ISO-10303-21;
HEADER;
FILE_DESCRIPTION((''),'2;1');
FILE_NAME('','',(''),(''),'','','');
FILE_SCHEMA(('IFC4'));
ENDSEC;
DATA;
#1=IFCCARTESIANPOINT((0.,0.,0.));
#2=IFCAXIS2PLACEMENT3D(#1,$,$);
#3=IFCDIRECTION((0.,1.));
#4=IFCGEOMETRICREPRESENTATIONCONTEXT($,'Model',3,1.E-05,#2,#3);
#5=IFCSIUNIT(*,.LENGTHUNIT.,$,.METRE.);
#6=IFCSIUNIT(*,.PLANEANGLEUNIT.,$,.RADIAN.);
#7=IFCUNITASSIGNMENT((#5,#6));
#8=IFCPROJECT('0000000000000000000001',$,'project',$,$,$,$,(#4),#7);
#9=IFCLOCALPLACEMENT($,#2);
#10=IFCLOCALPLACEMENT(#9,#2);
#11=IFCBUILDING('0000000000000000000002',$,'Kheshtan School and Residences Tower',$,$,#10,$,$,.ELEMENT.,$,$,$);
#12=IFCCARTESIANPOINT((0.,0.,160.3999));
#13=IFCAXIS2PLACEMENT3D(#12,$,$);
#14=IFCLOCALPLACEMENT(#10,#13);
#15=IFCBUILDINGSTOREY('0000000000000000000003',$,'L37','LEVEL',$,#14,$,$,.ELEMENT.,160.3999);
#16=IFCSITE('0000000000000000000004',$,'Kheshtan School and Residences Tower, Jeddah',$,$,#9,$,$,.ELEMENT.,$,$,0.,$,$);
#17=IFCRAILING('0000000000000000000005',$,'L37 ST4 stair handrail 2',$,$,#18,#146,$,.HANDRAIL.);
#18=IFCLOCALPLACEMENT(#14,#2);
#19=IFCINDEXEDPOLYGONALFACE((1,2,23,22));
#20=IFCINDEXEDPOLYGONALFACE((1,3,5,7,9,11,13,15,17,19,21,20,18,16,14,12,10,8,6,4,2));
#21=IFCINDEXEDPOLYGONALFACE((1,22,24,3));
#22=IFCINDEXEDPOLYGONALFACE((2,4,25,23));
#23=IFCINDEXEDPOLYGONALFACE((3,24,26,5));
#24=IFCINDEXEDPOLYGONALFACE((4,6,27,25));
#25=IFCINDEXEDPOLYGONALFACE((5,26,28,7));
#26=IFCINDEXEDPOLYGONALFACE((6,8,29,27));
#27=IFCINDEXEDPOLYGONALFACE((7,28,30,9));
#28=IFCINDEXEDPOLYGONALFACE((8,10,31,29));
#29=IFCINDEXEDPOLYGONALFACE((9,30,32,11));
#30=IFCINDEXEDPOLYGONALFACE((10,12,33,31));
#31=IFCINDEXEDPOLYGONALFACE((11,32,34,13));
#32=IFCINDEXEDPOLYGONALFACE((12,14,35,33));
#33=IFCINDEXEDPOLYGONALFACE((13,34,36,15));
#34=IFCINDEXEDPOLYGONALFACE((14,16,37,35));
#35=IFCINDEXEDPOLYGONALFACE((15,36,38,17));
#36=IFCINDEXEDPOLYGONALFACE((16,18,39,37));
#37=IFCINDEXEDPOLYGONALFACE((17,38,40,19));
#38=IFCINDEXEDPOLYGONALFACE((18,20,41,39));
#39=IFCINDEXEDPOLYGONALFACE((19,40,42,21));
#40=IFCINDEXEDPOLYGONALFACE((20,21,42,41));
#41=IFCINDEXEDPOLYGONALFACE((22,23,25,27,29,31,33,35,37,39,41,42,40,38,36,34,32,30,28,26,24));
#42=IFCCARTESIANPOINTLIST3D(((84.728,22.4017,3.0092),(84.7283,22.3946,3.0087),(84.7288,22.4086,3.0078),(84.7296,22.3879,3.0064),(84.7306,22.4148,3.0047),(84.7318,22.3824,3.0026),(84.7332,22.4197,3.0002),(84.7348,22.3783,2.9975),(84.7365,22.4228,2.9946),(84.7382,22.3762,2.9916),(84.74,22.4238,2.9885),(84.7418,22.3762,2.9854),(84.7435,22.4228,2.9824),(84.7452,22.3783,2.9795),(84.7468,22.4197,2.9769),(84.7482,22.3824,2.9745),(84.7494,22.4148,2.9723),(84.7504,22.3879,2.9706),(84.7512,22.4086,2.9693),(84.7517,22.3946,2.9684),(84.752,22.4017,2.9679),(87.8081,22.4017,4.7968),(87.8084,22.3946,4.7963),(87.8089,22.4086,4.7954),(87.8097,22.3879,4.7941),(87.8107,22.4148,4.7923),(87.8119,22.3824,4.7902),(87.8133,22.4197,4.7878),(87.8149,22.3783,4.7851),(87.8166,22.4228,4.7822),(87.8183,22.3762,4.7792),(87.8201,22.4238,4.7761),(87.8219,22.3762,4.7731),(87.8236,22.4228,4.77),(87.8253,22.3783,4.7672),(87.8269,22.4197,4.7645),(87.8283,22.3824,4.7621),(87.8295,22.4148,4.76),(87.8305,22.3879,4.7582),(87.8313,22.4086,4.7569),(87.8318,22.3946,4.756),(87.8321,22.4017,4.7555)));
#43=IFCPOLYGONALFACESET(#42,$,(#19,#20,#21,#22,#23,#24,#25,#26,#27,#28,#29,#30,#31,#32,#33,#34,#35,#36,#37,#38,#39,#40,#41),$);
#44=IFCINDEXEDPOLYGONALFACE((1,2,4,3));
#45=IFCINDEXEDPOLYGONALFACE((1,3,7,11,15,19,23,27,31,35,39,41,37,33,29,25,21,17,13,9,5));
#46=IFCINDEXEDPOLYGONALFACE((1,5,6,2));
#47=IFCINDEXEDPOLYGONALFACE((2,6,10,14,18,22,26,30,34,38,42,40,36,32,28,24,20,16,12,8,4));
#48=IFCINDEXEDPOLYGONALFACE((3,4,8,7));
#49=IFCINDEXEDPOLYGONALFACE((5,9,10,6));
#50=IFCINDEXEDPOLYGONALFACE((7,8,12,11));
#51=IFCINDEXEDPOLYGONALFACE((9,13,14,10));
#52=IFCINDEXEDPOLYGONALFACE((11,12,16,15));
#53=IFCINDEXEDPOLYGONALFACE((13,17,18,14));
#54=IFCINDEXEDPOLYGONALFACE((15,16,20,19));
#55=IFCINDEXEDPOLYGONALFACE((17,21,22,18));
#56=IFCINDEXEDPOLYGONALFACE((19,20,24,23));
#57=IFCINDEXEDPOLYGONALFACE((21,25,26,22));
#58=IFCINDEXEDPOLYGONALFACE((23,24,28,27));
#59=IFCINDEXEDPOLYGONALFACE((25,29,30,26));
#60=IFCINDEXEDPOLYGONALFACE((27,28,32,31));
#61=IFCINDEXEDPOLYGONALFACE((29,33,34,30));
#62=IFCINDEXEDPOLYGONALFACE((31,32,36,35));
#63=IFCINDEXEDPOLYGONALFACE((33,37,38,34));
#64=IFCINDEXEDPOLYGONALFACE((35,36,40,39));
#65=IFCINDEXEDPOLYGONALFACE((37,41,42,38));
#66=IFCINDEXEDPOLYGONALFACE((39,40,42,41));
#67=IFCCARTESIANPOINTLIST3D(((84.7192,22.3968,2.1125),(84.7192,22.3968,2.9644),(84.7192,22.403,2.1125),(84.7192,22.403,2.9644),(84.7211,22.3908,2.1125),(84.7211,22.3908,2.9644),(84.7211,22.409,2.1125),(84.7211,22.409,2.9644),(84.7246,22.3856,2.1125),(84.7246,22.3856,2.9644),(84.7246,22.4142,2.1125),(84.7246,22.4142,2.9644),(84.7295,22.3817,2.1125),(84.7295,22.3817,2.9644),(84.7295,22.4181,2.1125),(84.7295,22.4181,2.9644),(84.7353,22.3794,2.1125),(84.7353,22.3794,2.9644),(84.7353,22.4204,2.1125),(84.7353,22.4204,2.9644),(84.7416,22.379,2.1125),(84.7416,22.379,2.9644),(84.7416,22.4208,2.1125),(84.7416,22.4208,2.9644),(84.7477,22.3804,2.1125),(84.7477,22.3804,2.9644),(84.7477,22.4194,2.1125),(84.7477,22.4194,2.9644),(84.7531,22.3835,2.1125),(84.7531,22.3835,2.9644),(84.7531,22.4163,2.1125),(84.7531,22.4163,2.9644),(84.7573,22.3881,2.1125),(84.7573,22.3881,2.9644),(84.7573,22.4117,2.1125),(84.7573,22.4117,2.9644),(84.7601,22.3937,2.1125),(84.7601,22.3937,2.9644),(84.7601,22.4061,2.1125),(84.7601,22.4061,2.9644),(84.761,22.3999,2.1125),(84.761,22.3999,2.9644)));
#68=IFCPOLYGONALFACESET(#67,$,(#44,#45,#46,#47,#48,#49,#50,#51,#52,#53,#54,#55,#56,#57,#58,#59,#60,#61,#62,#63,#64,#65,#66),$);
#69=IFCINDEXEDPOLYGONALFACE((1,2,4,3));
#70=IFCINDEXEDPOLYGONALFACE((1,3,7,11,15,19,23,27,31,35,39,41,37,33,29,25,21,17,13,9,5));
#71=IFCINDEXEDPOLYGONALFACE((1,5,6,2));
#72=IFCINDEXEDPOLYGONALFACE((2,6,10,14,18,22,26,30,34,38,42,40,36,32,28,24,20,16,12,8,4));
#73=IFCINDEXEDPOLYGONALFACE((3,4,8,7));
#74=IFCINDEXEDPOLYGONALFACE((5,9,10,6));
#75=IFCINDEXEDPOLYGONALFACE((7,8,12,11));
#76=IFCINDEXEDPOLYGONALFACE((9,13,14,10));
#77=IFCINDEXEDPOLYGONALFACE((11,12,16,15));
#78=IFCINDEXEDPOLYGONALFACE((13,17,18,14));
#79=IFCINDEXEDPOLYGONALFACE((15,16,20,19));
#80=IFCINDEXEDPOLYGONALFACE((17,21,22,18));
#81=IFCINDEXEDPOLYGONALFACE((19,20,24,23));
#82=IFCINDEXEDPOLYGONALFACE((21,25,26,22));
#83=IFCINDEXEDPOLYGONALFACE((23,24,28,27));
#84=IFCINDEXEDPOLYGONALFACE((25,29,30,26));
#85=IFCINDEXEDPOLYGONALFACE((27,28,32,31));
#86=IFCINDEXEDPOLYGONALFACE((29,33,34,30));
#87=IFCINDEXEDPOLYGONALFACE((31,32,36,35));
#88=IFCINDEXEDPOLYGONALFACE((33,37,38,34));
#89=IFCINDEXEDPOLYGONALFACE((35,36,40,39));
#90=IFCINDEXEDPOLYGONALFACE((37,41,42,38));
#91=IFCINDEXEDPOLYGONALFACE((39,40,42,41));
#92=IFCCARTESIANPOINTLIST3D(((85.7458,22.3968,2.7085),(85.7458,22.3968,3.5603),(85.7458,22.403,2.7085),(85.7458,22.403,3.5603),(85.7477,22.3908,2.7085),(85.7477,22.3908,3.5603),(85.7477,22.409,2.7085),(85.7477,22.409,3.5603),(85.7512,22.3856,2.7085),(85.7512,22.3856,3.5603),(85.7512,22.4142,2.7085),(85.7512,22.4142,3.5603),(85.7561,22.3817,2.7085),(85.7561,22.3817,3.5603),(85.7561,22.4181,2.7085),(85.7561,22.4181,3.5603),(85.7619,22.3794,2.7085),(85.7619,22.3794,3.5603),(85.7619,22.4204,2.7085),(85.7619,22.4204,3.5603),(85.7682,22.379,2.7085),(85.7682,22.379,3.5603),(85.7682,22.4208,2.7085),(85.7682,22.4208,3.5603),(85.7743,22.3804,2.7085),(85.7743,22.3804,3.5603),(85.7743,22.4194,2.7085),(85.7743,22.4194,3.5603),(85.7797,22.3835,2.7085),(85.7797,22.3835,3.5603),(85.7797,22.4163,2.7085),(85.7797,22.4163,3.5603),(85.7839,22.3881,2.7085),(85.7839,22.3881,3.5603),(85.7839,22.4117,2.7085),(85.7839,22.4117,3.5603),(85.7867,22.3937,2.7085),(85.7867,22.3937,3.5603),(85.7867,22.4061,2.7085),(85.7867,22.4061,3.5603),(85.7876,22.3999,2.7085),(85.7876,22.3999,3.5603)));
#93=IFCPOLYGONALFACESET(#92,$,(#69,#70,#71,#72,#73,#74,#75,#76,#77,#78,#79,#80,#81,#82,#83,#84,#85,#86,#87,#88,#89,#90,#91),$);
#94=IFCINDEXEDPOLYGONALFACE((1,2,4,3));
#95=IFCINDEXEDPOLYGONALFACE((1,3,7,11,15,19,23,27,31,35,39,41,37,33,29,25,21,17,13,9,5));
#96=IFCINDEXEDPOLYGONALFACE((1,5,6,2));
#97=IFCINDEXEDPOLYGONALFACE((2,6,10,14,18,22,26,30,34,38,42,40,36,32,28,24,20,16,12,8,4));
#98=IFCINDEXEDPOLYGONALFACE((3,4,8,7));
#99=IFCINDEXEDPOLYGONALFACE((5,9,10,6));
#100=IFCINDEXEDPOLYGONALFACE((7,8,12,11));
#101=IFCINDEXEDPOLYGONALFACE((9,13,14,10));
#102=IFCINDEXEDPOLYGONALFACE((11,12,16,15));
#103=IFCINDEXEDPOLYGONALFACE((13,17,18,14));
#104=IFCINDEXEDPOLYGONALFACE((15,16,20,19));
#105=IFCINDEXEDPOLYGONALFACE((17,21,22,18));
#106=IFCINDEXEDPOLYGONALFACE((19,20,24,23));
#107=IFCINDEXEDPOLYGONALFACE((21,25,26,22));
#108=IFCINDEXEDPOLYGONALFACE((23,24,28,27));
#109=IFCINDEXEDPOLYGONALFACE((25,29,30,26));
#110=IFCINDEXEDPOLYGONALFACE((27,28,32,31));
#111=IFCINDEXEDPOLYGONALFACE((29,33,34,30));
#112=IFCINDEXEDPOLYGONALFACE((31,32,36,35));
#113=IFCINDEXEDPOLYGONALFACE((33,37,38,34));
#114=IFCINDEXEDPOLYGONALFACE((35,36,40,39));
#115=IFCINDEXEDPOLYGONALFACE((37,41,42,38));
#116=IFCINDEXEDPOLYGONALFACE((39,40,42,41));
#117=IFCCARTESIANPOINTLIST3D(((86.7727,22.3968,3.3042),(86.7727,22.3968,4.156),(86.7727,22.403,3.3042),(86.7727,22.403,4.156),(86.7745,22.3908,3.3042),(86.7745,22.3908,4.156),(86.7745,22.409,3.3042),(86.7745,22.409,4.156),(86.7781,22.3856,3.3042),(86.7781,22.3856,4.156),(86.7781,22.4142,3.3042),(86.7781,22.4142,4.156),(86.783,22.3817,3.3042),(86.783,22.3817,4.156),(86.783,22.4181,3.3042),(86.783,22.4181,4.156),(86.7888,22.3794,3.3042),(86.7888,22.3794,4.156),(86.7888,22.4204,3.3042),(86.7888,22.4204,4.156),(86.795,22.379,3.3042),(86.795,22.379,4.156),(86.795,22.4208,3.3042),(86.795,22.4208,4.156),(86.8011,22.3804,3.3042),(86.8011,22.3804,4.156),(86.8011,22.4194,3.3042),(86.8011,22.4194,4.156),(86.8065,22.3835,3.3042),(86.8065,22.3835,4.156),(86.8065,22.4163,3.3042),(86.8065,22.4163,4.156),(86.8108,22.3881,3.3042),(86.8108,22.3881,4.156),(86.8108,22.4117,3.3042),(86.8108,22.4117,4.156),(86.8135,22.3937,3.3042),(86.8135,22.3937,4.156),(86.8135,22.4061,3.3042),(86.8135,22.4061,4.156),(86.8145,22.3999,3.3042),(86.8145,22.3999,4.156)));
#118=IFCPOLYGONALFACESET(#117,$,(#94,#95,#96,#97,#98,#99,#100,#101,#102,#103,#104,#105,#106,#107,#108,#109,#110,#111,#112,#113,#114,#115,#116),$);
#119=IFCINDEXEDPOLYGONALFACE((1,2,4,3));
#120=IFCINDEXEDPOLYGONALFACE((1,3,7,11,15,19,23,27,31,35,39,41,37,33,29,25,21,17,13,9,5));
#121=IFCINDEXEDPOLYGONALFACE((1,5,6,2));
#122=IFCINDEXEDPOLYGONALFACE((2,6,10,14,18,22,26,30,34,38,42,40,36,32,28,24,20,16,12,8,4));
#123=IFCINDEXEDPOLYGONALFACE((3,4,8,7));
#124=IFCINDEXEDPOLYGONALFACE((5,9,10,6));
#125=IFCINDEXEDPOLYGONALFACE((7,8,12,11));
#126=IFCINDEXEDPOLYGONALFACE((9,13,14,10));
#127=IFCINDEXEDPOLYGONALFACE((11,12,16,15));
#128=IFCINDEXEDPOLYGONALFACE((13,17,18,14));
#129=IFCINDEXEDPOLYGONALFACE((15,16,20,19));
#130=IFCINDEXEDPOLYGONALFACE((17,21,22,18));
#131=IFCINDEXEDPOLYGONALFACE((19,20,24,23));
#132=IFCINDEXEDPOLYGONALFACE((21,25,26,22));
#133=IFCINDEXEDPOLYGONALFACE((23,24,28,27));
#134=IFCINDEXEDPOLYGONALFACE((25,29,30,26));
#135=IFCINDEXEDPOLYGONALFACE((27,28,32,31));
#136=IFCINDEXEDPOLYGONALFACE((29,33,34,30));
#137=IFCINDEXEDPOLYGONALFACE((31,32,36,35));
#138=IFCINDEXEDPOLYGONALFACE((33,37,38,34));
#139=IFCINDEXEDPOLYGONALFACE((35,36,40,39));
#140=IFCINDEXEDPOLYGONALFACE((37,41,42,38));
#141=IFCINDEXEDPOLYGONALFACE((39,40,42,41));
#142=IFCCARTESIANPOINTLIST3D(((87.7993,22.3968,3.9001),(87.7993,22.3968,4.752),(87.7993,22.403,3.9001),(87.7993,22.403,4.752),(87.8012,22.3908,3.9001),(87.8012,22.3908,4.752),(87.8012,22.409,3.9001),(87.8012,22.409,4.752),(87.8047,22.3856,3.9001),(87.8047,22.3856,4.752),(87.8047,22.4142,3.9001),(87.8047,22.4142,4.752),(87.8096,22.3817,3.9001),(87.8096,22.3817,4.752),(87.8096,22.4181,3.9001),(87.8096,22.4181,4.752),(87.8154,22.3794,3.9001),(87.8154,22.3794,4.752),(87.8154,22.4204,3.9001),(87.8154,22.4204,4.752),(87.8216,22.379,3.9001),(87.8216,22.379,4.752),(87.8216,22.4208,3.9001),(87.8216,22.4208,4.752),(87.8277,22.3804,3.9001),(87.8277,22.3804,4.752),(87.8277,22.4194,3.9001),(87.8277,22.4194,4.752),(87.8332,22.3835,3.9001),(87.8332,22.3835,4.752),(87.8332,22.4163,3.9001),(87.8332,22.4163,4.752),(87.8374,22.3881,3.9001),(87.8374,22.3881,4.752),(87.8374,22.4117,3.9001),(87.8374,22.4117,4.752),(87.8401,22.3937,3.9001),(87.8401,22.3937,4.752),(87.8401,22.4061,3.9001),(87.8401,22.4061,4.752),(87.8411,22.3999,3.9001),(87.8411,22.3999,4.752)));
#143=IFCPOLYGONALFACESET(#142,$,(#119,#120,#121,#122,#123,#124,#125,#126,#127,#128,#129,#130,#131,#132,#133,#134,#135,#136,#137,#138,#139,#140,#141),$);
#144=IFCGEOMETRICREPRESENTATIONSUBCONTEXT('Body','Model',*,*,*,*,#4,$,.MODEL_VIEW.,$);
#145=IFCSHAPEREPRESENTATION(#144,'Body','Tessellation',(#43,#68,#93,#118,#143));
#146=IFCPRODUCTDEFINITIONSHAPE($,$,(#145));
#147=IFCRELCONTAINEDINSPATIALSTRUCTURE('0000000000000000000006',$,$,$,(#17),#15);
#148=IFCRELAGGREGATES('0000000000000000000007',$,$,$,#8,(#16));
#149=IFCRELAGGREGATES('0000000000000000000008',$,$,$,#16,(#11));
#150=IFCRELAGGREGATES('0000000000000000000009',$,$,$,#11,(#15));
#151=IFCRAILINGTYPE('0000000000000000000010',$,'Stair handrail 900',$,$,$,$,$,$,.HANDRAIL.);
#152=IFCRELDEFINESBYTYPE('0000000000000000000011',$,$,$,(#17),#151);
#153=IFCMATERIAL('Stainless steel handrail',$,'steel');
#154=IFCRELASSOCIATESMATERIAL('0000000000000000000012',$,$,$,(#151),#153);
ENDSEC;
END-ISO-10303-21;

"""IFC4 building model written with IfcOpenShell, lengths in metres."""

from ifc_helpers import new_model, si_unit, direction, frame, origin, origin_2d, place, context, subcontext, project, spatial, circle, extrude, material, type_object, element, save


model = new_model("IFC4")

# Units and contexts
model_context = context("Model", 3, precision=1e-05, world=origin(), true_north=direction((0.0, 1.0)))
body_context = subcontext(model_context, "Body", "Model", "MODEL_VIEW")
ifc_project = project(units=[si_unit("LENGTHUNIT", "METRE"), si_unit("PLANEANGLEUNIT", "RADIAN")], contexts=[model_context])

# Site, building, storey
site_placement = place(None, origin())
site = spatial("IfcSite", under=ifc_project, at=site_placement, Name="Kheshtan School and Residences Tower, Jeddah", CompositionType="ELEMENT", RefElevation=0.0)
building_placement = place(site_placement, origin())
building = spatial("IfcBuilding", under=site, at=building_placement, Name="Kheshtan School and Residences Tower", CompositionType="ELEMENT")
storey_placement = place(building_placement, frame((0.0, 0.0, 160.3999)))
storey = spatial("IfcBuildingStorey", under=building, at=storey_placement, Name="L37", Description="LEVEL", CompositionType="ELEMENT", Elevation=160.3999)

# Railing
ifc_material_1 = material(Name="Stainless steel handrail", Category="steel")
railing_type_1 = type_object("IfcRailingType", Name="Stair handrail 900", PredefinedType="HANDRAIL", material=ifc_material_1)
railing_1_placement = place(storey_placement, frame((84.74, 22.3999, 2.1125)))
element("IfcRailing", 1, at=railing_1_placement, inside=storey, type_object=railing_type_1, Name="L37 ST4 stair handrail 2", PredefinedType="HANDRAIL", context=body_context, shape_type="SweptSolid", body=[
    extrude(circle(Radius=0.0239, at=origin_2d()), frame((0.0, 0.0, 0.876), z_axis=(0.864891, 0.0, 0.50196), x_axis=(0.0, 1.0, 0.0)), (0.0, 0.0, 1.0), 3.5613),
    extrude(circle(Radius=0.021, at=origin_2d()), origin(), (0.0, 0.0, 1.0), 0.8518),
    extrude(circle(Radius=0.021, at=origin_2d()), frame((1.0266, 0.0, 0.5959)), (0.0, 0.0, 1.0), 0.8518),
    extrude(circle(Radius=0.021, at=origin_2d()), frame((2.0535, 0.0, 1.1917)), (0.0, 0.0, 1.0), 0.8518),
    extrude(circle(Radius=0.021, at=origin_2d()), frame((3.0801, 0.0, 1.7876)), (0.0, 0.0, 1.0), 0.8518),
])

save(model, "model.ifc")
